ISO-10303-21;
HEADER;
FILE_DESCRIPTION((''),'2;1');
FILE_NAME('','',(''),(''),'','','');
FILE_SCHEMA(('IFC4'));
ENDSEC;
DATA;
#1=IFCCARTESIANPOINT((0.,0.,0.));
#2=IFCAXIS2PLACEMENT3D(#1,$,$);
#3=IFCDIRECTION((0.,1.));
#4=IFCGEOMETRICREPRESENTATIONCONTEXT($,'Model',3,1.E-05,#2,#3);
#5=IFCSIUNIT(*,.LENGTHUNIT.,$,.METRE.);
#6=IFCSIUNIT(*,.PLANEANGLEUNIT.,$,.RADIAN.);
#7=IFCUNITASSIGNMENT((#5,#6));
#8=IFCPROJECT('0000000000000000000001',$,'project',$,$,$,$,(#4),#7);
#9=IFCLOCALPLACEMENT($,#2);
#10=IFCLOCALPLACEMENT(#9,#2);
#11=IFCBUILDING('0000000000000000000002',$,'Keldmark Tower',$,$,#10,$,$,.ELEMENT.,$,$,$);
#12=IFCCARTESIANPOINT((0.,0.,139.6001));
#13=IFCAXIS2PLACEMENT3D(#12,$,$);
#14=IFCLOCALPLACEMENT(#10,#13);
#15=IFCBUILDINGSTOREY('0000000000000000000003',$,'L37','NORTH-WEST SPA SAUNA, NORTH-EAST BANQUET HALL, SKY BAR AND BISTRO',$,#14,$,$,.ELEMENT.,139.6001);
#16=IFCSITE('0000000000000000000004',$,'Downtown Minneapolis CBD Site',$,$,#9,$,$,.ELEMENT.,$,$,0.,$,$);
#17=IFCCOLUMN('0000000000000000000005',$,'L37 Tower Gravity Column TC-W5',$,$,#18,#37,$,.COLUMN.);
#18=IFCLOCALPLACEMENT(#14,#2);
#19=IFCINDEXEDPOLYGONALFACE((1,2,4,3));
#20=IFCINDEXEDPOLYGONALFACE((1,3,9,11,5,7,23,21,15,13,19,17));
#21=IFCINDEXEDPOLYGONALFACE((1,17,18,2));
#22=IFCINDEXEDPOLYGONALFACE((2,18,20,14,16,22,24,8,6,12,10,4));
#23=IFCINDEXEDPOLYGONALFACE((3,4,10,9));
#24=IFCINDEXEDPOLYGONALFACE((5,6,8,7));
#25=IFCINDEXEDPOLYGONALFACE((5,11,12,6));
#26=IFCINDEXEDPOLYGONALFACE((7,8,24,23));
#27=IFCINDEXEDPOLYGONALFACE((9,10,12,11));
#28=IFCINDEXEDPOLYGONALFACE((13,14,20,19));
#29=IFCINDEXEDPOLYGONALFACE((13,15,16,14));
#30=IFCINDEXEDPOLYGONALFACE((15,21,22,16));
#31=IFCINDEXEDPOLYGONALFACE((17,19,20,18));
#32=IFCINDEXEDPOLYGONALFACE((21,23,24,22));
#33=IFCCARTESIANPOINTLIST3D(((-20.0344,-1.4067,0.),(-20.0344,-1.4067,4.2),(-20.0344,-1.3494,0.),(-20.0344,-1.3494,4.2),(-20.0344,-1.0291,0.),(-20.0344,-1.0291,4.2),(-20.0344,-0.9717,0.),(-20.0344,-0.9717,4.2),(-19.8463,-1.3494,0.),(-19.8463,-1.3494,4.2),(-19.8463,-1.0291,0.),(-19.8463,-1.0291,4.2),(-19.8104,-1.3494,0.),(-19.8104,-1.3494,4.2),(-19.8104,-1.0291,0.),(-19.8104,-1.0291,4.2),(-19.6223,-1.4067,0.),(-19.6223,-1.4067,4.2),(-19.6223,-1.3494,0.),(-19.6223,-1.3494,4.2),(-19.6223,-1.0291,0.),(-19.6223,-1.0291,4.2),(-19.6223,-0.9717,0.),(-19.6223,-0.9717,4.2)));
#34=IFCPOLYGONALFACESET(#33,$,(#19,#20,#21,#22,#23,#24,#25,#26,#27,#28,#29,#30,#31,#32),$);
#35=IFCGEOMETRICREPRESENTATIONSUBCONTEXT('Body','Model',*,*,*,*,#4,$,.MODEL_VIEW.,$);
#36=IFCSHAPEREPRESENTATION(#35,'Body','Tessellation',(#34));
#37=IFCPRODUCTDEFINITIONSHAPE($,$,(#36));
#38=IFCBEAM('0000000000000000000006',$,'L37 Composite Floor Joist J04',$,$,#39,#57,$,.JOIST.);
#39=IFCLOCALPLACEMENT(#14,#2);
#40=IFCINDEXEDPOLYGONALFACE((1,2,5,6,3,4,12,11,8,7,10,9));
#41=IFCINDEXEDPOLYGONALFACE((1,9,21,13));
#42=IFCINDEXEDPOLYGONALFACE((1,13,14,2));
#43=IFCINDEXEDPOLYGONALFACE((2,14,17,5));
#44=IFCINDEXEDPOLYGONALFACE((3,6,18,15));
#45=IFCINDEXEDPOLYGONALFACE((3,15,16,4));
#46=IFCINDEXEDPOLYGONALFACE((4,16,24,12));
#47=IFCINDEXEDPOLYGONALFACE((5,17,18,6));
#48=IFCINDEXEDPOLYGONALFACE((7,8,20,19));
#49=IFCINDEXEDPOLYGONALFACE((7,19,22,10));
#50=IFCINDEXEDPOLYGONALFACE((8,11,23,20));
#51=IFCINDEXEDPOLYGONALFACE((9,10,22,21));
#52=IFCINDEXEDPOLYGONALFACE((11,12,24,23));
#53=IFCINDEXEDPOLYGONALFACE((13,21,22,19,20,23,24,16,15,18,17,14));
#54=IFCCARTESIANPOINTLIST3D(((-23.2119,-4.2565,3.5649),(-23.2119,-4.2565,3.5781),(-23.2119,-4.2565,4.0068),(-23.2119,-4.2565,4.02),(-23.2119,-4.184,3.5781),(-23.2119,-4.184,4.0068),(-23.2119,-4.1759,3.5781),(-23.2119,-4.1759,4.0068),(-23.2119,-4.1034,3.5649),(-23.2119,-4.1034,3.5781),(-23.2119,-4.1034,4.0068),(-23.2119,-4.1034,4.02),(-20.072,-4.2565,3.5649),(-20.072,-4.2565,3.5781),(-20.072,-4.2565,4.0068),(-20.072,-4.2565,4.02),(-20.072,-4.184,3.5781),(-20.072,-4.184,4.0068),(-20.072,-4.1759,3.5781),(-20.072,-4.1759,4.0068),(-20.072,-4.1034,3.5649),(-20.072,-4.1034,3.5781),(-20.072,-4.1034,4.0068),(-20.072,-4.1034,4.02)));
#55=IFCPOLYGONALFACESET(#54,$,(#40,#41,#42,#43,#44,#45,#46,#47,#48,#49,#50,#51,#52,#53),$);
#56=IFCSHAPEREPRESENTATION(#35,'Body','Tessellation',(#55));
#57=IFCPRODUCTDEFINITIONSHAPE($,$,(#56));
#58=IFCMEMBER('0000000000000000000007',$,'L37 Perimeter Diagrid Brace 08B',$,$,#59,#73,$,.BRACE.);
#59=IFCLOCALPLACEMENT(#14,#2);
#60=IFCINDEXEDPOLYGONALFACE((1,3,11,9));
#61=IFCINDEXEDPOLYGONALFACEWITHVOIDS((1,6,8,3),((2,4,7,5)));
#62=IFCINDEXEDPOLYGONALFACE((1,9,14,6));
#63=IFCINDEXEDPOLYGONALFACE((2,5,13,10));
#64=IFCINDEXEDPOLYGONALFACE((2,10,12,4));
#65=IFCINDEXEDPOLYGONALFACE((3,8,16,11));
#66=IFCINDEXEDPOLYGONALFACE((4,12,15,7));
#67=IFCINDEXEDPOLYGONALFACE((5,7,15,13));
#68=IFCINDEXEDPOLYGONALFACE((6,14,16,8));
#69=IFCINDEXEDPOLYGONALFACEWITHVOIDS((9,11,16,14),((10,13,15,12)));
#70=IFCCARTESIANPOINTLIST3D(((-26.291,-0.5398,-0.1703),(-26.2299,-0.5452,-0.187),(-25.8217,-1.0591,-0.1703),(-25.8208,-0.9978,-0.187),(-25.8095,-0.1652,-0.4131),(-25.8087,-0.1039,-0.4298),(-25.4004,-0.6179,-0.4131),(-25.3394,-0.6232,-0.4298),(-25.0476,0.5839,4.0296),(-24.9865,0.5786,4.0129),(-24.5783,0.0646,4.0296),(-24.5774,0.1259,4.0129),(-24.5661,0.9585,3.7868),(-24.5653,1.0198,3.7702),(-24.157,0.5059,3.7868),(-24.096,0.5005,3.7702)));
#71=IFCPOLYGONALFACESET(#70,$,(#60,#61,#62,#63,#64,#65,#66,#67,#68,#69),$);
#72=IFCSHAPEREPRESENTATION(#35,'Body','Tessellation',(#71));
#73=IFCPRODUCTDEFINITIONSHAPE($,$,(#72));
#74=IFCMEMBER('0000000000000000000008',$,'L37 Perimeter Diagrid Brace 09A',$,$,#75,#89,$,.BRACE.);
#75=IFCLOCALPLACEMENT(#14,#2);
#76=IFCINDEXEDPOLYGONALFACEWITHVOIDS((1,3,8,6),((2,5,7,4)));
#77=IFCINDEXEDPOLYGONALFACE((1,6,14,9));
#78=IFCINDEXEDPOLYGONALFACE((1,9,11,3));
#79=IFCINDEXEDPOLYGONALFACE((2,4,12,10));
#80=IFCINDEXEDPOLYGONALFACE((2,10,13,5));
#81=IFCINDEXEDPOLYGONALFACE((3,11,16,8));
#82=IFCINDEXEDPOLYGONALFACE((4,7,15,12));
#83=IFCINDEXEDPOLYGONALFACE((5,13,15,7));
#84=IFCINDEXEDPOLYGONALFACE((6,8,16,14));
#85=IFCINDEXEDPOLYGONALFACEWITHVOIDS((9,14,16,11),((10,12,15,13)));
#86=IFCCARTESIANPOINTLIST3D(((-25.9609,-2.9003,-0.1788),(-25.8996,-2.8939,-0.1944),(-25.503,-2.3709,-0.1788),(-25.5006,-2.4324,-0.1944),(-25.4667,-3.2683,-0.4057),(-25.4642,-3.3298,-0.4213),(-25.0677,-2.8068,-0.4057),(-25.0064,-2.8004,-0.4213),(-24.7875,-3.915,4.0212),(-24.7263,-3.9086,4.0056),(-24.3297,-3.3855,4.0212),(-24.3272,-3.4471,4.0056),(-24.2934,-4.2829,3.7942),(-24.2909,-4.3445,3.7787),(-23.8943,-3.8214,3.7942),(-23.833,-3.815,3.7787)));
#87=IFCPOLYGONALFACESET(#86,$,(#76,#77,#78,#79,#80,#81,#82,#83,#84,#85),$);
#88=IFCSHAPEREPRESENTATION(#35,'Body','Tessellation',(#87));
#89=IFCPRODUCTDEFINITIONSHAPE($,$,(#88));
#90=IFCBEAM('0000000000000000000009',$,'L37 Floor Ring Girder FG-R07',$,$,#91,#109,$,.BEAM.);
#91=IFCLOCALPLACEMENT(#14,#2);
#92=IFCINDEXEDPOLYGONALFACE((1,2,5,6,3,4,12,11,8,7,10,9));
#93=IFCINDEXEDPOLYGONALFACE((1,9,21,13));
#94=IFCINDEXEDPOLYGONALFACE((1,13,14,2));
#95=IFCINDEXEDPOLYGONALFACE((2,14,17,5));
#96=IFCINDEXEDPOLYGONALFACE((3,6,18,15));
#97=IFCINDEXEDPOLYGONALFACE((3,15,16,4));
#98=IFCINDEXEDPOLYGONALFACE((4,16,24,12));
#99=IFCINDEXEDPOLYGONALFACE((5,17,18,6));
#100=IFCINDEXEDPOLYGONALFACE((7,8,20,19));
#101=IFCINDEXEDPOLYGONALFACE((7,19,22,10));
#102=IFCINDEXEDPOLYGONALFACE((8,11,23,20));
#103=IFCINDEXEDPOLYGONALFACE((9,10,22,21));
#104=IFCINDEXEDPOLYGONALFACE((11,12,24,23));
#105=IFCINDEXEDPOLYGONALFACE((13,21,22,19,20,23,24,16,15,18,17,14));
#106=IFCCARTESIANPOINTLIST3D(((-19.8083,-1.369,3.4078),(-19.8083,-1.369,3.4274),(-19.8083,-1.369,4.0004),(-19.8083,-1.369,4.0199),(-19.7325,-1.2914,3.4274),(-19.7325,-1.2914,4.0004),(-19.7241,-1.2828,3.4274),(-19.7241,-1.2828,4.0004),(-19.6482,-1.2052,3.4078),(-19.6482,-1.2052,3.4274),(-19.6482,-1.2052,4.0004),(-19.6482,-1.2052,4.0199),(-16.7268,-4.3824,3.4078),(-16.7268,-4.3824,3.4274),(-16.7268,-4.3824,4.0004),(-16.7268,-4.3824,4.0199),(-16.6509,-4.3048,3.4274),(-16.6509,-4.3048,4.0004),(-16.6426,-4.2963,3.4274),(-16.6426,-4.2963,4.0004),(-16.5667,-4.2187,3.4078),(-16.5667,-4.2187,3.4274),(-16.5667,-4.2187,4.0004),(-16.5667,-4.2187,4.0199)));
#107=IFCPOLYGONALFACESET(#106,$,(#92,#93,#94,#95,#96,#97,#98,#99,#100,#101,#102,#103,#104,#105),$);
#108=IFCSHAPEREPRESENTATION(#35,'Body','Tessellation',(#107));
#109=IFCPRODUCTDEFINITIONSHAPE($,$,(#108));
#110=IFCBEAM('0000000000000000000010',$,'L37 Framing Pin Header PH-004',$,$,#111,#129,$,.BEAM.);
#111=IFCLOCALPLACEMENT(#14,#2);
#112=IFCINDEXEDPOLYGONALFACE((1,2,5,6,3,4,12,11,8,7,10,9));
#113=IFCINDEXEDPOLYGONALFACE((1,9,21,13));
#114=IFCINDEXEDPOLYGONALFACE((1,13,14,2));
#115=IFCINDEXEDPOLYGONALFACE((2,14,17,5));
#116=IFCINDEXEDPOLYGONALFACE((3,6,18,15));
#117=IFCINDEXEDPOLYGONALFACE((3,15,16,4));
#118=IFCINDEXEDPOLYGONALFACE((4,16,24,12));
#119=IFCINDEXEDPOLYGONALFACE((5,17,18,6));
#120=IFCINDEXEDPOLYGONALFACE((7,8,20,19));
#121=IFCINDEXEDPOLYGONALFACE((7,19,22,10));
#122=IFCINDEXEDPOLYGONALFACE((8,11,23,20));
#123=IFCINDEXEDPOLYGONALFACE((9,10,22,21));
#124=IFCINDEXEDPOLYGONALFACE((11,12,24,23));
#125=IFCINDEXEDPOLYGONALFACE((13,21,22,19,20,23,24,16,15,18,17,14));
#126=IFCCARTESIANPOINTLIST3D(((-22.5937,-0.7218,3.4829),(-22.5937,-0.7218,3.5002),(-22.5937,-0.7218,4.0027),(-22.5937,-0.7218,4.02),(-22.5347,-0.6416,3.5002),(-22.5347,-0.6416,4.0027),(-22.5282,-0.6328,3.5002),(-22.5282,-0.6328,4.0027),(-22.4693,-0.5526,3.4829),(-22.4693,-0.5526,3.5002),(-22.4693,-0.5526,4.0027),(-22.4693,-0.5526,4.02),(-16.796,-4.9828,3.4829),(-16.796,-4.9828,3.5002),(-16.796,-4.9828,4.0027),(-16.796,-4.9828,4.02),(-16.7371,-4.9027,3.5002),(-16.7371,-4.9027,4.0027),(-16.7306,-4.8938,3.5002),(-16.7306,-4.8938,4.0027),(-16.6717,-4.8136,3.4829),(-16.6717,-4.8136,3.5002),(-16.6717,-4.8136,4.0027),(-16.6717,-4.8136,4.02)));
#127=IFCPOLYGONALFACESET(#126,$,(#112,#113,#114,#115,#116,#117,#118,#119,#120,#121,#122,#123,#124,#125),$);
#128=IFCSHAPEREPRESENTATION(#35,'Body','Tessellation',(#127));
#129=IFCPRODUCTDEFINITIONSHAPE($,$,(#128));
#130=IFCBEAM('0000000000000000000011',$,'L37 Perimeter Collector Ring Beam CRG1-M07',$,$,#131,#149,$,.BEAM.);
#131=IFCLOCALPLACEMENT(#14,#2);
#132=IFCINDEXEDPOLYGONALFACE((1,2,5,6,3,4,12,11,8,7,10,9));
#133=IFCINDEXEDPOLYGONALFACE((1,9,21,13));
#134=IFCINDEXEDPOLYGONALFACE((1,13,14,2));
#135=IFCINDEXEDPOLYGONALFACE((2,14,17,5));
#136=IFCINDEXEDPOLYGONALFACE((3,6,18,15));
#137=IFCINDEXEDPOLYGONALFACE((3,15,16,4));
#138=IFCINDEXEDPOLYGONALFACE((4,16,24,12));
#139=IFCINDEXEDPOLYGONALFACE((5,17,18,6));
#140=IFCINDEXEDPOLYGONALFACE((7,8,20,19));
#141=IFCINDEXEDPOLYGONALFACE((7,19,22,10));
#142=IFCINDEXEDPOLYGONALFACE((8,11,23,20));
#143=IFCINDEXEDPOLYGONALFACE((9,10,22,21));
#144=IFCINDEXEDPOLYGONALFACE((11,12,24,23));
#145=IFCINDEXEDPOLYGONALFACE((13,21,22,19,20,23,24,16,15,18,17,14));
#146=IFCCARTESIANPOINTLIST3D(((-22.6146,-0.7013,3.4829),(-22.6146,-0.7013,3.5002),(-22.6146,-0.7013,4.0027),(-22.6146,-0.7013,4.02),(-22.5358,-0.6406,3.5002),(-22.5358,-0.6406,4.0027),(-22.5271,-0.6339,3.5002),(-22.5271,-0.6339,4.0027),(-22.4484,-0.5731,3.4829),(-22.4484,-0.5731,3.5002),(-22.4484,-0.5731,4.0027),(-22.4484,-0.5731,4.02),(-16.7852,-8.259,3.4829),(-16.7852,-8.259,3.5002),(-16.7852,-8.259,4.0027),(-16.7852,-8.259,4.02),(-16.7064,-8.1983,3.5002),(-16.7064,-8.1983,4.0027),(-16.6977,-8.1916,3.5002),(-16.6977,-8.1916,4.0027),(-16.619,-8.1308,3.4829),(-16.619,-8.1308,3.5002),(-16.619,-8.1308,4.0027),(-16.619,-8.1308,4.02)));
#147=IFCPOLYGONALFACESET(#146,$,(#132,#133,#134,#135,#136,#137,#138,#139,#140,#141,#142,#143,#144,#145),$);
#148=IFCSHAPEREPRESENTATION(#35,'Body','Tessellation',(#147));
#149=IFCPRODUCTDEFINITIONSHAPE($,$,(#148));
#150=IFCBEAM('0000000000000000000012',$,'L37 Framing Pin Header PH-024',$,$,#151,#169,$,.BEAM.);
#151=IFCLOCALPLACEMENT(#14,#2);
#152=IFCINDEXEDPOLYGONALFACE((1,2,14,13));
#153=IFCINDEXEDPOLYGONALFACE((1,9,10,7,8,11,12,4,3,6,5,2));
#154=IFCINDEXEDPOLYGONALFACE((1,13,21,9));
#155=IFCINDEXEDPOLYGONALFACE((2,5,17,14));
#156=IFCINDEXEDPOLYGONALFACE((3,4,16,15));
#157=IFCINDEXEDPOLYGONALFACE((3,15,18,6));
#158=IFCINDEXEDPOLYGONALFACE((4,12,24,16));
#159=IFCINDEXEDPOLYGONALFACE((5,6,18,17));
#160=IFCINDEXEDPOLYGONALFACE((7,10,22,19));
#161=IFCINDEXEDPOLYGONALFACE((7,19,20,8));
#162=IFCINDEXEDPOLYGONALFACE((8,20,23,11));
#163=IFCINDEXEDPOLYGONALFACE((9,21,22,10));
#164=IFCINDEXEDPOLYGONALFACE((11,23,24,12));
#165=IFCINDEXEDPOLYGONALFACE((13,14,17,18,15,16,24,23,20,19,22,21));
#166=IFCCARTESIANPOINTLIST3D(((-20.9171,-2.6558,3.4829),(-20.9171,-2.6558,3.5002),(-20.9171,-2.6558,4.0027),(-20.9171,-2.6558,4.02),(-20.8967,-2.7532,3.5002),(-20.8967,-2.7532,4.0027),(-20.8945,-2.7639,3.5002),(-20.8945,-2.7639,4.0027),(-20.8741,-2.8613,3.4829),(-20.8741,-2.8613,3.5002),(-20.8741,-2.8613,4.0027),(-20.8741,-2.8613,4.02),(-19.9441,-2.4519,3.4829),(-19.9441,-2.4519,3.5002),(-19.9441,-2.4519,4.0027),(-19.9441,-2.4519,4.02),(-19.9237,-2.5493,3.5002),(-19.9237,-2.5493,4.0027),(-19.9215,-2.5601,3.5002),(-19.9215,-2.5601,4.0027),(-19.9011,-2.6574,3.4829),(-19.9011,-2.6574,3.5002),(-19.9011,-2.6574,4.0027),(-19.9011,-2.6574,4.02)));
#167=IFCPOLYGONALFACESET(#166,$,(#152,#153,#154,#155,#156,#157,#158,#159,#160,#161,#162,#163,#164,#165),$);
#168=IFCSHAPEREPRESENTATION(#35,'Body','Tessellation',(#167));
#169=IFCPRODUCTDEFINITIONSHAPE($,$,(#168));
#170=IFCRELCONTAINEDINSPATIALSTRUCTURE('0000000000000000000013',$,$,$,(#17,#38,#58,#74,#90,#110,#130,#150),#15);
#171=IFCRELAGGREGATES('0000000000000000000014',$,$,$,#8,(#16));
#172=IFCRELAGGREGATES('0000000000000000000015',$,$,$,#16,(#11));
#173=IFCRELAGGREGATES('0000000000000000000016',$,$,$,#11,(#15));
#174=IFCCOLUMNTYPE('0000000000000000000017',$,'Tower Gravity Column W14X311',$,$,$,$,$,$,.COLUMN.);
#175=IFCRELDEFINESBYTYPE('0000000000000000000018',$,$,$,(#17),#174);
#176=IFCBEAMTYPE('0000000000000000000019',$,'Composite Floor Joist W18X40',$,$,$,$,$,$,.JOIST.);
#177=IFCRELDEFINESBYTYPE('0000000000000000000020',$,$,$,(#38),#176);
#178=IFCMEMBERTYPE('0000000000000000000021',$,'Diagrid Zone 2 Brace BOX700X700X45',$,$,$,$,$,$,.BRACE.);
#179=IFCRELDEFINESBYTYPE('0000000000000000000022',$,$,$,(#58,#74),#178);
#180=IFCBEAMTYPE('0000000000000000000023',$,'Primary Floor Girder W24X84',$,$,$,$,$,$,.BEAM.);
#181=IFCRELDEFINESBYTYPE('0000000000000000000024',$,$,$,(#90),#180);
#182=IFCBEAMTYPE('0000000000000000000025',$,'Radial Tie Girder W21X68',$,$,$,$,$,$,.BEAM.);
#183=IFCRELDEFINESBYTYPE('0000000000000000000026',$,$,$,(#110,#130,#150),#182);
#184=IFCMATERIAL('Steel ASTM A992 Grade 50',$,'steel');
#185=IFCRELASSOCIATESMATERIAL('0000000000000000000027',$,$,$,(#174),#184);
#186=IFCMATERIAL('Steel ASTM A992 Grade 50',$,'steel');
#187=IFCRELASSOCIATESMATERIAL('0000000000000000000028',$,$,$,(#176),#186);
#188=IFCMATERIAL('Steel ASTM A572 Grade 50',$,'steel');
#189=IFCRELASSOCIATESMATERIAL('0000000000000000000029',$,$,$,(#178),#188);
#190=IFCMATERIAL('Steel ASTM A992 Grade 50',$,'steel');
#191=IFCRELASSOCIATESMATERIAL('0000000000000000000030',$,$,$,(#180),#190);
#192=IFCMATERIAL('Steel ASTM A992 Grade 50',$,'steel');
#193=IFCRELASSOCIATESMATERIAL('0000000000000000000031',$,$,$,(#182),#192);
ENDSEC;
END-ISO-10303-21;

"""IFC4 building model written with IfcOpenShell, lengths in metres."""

from ifc_helpers import new_model, si_unit, direction, frame, origin, origin_2d, place, context, subcontext, project, spatial, hollow_rectangle, i_section, extrude, material, material_profile, profile_set, type_object, element, save


model = new_model("IFC4")

# Units and contexts
model_context = context("Model", 3, precision=1e-05, world=origin(), true_north=direction((0.0, 1.0)))
body_context = subcontext(model_context, "Body", "Model", "MODEL_VIEW")
ifc_project = project(units=[si_unit("LENGTHUNIT", "METRE"), si_unit("PLANEANGLEUNIT", "RADIAN")], contexts=[model_context])

# Site, building, storey
site_placement = place(None, origin())
site = spatial("IfcSite", under=ifc_project, at=site_placement, Name="Downtown Minneapolis CBD Site", CompositionType="ELEMENT", RefElevation=0.0)
building_placement = place(site_placement, origin())
building = spatial("IfcBuilding", under=site, at=building_placement, Name="Keldmark Tower", CompositionType="ELEMENT")
storey_placement = place(building_placement, frame((0.0, 0.0, 139.6001)))
storey = spatial("IfcBuildingStorey", under=building, at=storey_placement, Name="L37", Description="NORTH-WEST SPA SAUNA, NORTH-EAST BANQUET HALL, SKY BAR AND BISTRO", CompositionType="ELEMENT", Elevation=139.6001)

# Column
ifc_material_1 = material(Name="Steel ASTM A992 Grade 50", Category="steel")
ifc_material_profile_1 = material_profile(ifc_material_1, i_section(OverallWidth=0.4121, OverallDepth=0.4351, WebThickness=0.0359, FlangeThickness=0.0574, at=origin_2d()), Name="W14X311")
ifc_profile_set_1 = profile_set([ifc_material_profile_1], Name="Steel ASTM A992 Grade 50")
column_type = type_object("IfcColumnType", Name="Tower Gravity Column W14X311", PredefinedType="COLUMN", material=ifc_profile_set_1)
column_placement = place(storey_placement, frame((-19.8284, -1.1892, 0.0), z_axis=(0.0, 0.0, 1.0), x_axis=(1.0, 0.0, 0.0)))
element("IfcColumn", 1, at=column_placement, inside=storey, type_object=column_type, Name="L37 Tower Gravity Column TC-W5", PredefinedType="COLUMN", context=body_context, shape_type="SweptSolid", body=[
    extrude(i_section(OverallWidth=0.4121, OverallDepth=0.4351, WebThickness=0.0359, FlangeThickness=0.0574, at=origin_2d()), origin(), (0.0, 0.0, 1.0), 4.2),
])

# Beam
ifc_material_2 = material(Name="Steel ASTM A992 Grade 50", Category="steel")
ifc_material_profile_2 = material_profile(ifc_material_2, i_section(OverallWidth=0.1531, OverallDepth=0.4551, WebThickness=0.0081, FlangeThickness=0.0132, at=origin_2d()), Name="W18X40")
ifc_profile_set_2 = profile_set([ifc_material_profile_2], Name="Steel ASTM A992 Grade 50")
beam_type_1 = type_object("IfcBeamType", Name="Composite Floor Joist W18X40", PredefinedType="JOIST", material=ifc_profile_set_2)
beam_1_placement = place(storey_placement, frame((-23.2119, -4.1799, 3.7925), z_axis=(1.0, 0.0, 0.0), x_axis=(0.0, 1.0, 0.0)))
element("IfcBeam", 2, at=beam_1_placement, inside=storey, type_object=beam_type_1, Name="L37 Composite Floor Joist J04", PredefinedType="JOIST", context=body_context, shape_type="SweptSolid", body=[
    extrude(i_section(OverallWidth=0.1531, OverallDepth=0.4551, WebThickness=0.0081, FlangeThickness=0.0132, at=origin_2d()), origin(), (0.0, 0.0, 1.0), 3.1399),
])

# Members
ifc_material_3 = material(Name="Steel ASTM A572 Grade 50", Category="steel")
ifc_material_profile_3 = material_profile(ifc_material_3, hollow_rectangle(XDim=0.7, YDim=0.7, WallThickness=0.0449, at=origin_2d()), Name="BOX700X700X45")
ifc_profile_set_3 = profile_set([ifc_material_profile_3], Name="Steel ASTM A572 Grade 50")
member_type = type_object("IfcMemberType", Name="Diagrid Zone 2 Brace BOX700X700X45", PredefinedType="BRACE", material=ifc_profile_set_3)
member_1_placement = place(storey_placement, frame((-25.8152, -0.5815, -0.3), z_axis=(0.274968, 0.248513, 0.928781), x_axis=(-0.670517, 0.741895, 0.0)))
element("IfcMember", 3, at=member_1_placement, inside=storey, type_object=member_type, Name="L37 Perimeter Diagrid Brace 08B", PredefinedType="BRACE", context=body_context, shape_type="SweptSolid", body=[
    extrude(hollow_rectangle(XDim=0.7, YDim=0.7, WallThickness=0.0449, at=origin_2d()), origin(), (0.0, 0.0, 1.0), 4.522),
])
member_2_placement = place(storey_placement, frame((-25.4836, -2.8503, -0.3), z_axis=(0.262067, -0.226623, 0.938064), x_axis=(0.654103, 0.756405, 0.0)))
element("IfcMember", 4, at=member_2_placement, inside=storey, type_object=member_type, Name="L37 Perimeter Diagrid Brace 09A", PredefinedType="BRACE", context=body_context, shape_type="SweptSolid", body=[
    extrude(hollow_rectangle(XDim=0.7, YDim=0.7, WallThickness=0.0449, at=origin_2d()), origin(), (0.0, 0.0, 1.0), 4.4773),
])

# Beams
ifc_material_4 = material(Name="Steel ASTM A992 Grade 50", Category="steel")
ifc_material_profile_4 = material_profile(ifc_material_4, i_section(OverallWidth=0.229, OverallDepth=0.6121, WebThickness=0.012, FlangeThickness=0.0195, at=origin_2d()), Name="W24X84")
ifc_profile_set_4 = profile_set([ifc_material_profile_4], Name="Steel ASTM A992 Grade 50")
beam_type_2 = type_object("IfcBeamType", Name="Primary Floor Girder W24X84", PredefinedType="BEAM", material=ifc_profile_set_4)
beam_2_placement = place(storey_placement, frame((-19.7283, -1.2871, 3.7139), z_axis=(0.714965, -0.699161, 0.0), x_axis=(0.699161, 0.714965, 0.0)))
element("IfcBeam", 5, at=beam_2_placement, inside=storey, type_object=beam_type_2, Name="L37 Floor Ring Girder FG-R07", PredefinedType="BEAM", context=body_context, shape_type="SweptSolid", body=[
    extrude(i_section(OverallWidth=0.229, OverallDepth=0.6121, WebThickness=0.012, FlangeThickness=0.0195, at=origin_2d()), origin(), (0.0, 0.0, 1.0), 4.3101),
])
ifc_material_5 = material(Name="Steel ASTM A992 Grade 50", Category="steel")
ifc_material_profile_5 = material_profile(ifc_material_5, i_section(OverallWidth=0.21, OverallDepth=0.5371, WebThickness=0.011, FlangeThickness=0.0173, at=origin_2d()), Name="W21X68")
ifc_profile_set_5 = profile_set([ifc_material_profile_5], Name="Steel ASTM A992 Grade 50")
beam_type_3 = type_object("IfcBeamType", Name="Radial Tie Girder W21X68", PredefinedType="BEAM", material=ifc_profile_set_5)
beam_3_placement = place(storey_placement, frame((-22.5315, -0.6372, 3.7515), z_axis=(0.805781, -0.592214, 0.0), x_axis=(0.592214, 0.805781, 0.0)))
element("IfcBeam", 6, at=beam_3_placement, inside=storey, type_object=beam_type_3, Name="L37 Framing Pin Header PH-004", PredefinedType="BEAM", context=body_context, shape_type="SweptSolid", body=[
    extrude(i_section(OverallWidth=0.21, OverallDepth=0.5371, WebThickness=0.011, FlangeThickness=0.0173, at=origin_2d()), origin(), (0.0, 0.0, 1.0), 7.1951),
])
beam_4_placement = place(storey_placement, frame((-22.5315, -0.6372, 3.7515), z_axis=(0.61075, -0.791824, 0.0), x_axis=(0.791824, 0.61075, 0.0)))
element("IfcBeam", 7, at=beam_4_placement, inside=storey, type_object=beam_type_3, Name="L37 Perimeter Collector Ring Beam CRG1-M07", PredefinedType="BEAM", context=body_context, shape_type="SweptSolid", body=[
    extrude(i_section(OverallWidth=0.21, OverallDepth=0.5371, WebThickness=0.011, FlangeThickness=0.0173, at=origin_2d()), origin(), (0.0, 0.0, 1.0), 9.5447),
])
beam_5_placement = place(storey_placement, frame((-19.9226, -2.5547, 3.7515), z_axis=(-0.978745, -0.205082, 0.0), x_axis=(0.205082, -0.978745, 0.0)))
element("IfcBeam", 8, at=beam_5_placement, inside=storey, type_object=beam_type_3, Name="L37 Framing Pin Header PH-024", PredefinedType="BEAM", context=body_context, shape_type="SweptSolid", body=[
    extrude(i_section(OverallWidth=0.21, OverallDepth=0.5371, WebThickness=0.011, FlangeThickness=0.0173, at=origin_2d()), origin(), (0.0, 0.0, 1.0), 0.9941),
])

save(model, "model.ifc")
